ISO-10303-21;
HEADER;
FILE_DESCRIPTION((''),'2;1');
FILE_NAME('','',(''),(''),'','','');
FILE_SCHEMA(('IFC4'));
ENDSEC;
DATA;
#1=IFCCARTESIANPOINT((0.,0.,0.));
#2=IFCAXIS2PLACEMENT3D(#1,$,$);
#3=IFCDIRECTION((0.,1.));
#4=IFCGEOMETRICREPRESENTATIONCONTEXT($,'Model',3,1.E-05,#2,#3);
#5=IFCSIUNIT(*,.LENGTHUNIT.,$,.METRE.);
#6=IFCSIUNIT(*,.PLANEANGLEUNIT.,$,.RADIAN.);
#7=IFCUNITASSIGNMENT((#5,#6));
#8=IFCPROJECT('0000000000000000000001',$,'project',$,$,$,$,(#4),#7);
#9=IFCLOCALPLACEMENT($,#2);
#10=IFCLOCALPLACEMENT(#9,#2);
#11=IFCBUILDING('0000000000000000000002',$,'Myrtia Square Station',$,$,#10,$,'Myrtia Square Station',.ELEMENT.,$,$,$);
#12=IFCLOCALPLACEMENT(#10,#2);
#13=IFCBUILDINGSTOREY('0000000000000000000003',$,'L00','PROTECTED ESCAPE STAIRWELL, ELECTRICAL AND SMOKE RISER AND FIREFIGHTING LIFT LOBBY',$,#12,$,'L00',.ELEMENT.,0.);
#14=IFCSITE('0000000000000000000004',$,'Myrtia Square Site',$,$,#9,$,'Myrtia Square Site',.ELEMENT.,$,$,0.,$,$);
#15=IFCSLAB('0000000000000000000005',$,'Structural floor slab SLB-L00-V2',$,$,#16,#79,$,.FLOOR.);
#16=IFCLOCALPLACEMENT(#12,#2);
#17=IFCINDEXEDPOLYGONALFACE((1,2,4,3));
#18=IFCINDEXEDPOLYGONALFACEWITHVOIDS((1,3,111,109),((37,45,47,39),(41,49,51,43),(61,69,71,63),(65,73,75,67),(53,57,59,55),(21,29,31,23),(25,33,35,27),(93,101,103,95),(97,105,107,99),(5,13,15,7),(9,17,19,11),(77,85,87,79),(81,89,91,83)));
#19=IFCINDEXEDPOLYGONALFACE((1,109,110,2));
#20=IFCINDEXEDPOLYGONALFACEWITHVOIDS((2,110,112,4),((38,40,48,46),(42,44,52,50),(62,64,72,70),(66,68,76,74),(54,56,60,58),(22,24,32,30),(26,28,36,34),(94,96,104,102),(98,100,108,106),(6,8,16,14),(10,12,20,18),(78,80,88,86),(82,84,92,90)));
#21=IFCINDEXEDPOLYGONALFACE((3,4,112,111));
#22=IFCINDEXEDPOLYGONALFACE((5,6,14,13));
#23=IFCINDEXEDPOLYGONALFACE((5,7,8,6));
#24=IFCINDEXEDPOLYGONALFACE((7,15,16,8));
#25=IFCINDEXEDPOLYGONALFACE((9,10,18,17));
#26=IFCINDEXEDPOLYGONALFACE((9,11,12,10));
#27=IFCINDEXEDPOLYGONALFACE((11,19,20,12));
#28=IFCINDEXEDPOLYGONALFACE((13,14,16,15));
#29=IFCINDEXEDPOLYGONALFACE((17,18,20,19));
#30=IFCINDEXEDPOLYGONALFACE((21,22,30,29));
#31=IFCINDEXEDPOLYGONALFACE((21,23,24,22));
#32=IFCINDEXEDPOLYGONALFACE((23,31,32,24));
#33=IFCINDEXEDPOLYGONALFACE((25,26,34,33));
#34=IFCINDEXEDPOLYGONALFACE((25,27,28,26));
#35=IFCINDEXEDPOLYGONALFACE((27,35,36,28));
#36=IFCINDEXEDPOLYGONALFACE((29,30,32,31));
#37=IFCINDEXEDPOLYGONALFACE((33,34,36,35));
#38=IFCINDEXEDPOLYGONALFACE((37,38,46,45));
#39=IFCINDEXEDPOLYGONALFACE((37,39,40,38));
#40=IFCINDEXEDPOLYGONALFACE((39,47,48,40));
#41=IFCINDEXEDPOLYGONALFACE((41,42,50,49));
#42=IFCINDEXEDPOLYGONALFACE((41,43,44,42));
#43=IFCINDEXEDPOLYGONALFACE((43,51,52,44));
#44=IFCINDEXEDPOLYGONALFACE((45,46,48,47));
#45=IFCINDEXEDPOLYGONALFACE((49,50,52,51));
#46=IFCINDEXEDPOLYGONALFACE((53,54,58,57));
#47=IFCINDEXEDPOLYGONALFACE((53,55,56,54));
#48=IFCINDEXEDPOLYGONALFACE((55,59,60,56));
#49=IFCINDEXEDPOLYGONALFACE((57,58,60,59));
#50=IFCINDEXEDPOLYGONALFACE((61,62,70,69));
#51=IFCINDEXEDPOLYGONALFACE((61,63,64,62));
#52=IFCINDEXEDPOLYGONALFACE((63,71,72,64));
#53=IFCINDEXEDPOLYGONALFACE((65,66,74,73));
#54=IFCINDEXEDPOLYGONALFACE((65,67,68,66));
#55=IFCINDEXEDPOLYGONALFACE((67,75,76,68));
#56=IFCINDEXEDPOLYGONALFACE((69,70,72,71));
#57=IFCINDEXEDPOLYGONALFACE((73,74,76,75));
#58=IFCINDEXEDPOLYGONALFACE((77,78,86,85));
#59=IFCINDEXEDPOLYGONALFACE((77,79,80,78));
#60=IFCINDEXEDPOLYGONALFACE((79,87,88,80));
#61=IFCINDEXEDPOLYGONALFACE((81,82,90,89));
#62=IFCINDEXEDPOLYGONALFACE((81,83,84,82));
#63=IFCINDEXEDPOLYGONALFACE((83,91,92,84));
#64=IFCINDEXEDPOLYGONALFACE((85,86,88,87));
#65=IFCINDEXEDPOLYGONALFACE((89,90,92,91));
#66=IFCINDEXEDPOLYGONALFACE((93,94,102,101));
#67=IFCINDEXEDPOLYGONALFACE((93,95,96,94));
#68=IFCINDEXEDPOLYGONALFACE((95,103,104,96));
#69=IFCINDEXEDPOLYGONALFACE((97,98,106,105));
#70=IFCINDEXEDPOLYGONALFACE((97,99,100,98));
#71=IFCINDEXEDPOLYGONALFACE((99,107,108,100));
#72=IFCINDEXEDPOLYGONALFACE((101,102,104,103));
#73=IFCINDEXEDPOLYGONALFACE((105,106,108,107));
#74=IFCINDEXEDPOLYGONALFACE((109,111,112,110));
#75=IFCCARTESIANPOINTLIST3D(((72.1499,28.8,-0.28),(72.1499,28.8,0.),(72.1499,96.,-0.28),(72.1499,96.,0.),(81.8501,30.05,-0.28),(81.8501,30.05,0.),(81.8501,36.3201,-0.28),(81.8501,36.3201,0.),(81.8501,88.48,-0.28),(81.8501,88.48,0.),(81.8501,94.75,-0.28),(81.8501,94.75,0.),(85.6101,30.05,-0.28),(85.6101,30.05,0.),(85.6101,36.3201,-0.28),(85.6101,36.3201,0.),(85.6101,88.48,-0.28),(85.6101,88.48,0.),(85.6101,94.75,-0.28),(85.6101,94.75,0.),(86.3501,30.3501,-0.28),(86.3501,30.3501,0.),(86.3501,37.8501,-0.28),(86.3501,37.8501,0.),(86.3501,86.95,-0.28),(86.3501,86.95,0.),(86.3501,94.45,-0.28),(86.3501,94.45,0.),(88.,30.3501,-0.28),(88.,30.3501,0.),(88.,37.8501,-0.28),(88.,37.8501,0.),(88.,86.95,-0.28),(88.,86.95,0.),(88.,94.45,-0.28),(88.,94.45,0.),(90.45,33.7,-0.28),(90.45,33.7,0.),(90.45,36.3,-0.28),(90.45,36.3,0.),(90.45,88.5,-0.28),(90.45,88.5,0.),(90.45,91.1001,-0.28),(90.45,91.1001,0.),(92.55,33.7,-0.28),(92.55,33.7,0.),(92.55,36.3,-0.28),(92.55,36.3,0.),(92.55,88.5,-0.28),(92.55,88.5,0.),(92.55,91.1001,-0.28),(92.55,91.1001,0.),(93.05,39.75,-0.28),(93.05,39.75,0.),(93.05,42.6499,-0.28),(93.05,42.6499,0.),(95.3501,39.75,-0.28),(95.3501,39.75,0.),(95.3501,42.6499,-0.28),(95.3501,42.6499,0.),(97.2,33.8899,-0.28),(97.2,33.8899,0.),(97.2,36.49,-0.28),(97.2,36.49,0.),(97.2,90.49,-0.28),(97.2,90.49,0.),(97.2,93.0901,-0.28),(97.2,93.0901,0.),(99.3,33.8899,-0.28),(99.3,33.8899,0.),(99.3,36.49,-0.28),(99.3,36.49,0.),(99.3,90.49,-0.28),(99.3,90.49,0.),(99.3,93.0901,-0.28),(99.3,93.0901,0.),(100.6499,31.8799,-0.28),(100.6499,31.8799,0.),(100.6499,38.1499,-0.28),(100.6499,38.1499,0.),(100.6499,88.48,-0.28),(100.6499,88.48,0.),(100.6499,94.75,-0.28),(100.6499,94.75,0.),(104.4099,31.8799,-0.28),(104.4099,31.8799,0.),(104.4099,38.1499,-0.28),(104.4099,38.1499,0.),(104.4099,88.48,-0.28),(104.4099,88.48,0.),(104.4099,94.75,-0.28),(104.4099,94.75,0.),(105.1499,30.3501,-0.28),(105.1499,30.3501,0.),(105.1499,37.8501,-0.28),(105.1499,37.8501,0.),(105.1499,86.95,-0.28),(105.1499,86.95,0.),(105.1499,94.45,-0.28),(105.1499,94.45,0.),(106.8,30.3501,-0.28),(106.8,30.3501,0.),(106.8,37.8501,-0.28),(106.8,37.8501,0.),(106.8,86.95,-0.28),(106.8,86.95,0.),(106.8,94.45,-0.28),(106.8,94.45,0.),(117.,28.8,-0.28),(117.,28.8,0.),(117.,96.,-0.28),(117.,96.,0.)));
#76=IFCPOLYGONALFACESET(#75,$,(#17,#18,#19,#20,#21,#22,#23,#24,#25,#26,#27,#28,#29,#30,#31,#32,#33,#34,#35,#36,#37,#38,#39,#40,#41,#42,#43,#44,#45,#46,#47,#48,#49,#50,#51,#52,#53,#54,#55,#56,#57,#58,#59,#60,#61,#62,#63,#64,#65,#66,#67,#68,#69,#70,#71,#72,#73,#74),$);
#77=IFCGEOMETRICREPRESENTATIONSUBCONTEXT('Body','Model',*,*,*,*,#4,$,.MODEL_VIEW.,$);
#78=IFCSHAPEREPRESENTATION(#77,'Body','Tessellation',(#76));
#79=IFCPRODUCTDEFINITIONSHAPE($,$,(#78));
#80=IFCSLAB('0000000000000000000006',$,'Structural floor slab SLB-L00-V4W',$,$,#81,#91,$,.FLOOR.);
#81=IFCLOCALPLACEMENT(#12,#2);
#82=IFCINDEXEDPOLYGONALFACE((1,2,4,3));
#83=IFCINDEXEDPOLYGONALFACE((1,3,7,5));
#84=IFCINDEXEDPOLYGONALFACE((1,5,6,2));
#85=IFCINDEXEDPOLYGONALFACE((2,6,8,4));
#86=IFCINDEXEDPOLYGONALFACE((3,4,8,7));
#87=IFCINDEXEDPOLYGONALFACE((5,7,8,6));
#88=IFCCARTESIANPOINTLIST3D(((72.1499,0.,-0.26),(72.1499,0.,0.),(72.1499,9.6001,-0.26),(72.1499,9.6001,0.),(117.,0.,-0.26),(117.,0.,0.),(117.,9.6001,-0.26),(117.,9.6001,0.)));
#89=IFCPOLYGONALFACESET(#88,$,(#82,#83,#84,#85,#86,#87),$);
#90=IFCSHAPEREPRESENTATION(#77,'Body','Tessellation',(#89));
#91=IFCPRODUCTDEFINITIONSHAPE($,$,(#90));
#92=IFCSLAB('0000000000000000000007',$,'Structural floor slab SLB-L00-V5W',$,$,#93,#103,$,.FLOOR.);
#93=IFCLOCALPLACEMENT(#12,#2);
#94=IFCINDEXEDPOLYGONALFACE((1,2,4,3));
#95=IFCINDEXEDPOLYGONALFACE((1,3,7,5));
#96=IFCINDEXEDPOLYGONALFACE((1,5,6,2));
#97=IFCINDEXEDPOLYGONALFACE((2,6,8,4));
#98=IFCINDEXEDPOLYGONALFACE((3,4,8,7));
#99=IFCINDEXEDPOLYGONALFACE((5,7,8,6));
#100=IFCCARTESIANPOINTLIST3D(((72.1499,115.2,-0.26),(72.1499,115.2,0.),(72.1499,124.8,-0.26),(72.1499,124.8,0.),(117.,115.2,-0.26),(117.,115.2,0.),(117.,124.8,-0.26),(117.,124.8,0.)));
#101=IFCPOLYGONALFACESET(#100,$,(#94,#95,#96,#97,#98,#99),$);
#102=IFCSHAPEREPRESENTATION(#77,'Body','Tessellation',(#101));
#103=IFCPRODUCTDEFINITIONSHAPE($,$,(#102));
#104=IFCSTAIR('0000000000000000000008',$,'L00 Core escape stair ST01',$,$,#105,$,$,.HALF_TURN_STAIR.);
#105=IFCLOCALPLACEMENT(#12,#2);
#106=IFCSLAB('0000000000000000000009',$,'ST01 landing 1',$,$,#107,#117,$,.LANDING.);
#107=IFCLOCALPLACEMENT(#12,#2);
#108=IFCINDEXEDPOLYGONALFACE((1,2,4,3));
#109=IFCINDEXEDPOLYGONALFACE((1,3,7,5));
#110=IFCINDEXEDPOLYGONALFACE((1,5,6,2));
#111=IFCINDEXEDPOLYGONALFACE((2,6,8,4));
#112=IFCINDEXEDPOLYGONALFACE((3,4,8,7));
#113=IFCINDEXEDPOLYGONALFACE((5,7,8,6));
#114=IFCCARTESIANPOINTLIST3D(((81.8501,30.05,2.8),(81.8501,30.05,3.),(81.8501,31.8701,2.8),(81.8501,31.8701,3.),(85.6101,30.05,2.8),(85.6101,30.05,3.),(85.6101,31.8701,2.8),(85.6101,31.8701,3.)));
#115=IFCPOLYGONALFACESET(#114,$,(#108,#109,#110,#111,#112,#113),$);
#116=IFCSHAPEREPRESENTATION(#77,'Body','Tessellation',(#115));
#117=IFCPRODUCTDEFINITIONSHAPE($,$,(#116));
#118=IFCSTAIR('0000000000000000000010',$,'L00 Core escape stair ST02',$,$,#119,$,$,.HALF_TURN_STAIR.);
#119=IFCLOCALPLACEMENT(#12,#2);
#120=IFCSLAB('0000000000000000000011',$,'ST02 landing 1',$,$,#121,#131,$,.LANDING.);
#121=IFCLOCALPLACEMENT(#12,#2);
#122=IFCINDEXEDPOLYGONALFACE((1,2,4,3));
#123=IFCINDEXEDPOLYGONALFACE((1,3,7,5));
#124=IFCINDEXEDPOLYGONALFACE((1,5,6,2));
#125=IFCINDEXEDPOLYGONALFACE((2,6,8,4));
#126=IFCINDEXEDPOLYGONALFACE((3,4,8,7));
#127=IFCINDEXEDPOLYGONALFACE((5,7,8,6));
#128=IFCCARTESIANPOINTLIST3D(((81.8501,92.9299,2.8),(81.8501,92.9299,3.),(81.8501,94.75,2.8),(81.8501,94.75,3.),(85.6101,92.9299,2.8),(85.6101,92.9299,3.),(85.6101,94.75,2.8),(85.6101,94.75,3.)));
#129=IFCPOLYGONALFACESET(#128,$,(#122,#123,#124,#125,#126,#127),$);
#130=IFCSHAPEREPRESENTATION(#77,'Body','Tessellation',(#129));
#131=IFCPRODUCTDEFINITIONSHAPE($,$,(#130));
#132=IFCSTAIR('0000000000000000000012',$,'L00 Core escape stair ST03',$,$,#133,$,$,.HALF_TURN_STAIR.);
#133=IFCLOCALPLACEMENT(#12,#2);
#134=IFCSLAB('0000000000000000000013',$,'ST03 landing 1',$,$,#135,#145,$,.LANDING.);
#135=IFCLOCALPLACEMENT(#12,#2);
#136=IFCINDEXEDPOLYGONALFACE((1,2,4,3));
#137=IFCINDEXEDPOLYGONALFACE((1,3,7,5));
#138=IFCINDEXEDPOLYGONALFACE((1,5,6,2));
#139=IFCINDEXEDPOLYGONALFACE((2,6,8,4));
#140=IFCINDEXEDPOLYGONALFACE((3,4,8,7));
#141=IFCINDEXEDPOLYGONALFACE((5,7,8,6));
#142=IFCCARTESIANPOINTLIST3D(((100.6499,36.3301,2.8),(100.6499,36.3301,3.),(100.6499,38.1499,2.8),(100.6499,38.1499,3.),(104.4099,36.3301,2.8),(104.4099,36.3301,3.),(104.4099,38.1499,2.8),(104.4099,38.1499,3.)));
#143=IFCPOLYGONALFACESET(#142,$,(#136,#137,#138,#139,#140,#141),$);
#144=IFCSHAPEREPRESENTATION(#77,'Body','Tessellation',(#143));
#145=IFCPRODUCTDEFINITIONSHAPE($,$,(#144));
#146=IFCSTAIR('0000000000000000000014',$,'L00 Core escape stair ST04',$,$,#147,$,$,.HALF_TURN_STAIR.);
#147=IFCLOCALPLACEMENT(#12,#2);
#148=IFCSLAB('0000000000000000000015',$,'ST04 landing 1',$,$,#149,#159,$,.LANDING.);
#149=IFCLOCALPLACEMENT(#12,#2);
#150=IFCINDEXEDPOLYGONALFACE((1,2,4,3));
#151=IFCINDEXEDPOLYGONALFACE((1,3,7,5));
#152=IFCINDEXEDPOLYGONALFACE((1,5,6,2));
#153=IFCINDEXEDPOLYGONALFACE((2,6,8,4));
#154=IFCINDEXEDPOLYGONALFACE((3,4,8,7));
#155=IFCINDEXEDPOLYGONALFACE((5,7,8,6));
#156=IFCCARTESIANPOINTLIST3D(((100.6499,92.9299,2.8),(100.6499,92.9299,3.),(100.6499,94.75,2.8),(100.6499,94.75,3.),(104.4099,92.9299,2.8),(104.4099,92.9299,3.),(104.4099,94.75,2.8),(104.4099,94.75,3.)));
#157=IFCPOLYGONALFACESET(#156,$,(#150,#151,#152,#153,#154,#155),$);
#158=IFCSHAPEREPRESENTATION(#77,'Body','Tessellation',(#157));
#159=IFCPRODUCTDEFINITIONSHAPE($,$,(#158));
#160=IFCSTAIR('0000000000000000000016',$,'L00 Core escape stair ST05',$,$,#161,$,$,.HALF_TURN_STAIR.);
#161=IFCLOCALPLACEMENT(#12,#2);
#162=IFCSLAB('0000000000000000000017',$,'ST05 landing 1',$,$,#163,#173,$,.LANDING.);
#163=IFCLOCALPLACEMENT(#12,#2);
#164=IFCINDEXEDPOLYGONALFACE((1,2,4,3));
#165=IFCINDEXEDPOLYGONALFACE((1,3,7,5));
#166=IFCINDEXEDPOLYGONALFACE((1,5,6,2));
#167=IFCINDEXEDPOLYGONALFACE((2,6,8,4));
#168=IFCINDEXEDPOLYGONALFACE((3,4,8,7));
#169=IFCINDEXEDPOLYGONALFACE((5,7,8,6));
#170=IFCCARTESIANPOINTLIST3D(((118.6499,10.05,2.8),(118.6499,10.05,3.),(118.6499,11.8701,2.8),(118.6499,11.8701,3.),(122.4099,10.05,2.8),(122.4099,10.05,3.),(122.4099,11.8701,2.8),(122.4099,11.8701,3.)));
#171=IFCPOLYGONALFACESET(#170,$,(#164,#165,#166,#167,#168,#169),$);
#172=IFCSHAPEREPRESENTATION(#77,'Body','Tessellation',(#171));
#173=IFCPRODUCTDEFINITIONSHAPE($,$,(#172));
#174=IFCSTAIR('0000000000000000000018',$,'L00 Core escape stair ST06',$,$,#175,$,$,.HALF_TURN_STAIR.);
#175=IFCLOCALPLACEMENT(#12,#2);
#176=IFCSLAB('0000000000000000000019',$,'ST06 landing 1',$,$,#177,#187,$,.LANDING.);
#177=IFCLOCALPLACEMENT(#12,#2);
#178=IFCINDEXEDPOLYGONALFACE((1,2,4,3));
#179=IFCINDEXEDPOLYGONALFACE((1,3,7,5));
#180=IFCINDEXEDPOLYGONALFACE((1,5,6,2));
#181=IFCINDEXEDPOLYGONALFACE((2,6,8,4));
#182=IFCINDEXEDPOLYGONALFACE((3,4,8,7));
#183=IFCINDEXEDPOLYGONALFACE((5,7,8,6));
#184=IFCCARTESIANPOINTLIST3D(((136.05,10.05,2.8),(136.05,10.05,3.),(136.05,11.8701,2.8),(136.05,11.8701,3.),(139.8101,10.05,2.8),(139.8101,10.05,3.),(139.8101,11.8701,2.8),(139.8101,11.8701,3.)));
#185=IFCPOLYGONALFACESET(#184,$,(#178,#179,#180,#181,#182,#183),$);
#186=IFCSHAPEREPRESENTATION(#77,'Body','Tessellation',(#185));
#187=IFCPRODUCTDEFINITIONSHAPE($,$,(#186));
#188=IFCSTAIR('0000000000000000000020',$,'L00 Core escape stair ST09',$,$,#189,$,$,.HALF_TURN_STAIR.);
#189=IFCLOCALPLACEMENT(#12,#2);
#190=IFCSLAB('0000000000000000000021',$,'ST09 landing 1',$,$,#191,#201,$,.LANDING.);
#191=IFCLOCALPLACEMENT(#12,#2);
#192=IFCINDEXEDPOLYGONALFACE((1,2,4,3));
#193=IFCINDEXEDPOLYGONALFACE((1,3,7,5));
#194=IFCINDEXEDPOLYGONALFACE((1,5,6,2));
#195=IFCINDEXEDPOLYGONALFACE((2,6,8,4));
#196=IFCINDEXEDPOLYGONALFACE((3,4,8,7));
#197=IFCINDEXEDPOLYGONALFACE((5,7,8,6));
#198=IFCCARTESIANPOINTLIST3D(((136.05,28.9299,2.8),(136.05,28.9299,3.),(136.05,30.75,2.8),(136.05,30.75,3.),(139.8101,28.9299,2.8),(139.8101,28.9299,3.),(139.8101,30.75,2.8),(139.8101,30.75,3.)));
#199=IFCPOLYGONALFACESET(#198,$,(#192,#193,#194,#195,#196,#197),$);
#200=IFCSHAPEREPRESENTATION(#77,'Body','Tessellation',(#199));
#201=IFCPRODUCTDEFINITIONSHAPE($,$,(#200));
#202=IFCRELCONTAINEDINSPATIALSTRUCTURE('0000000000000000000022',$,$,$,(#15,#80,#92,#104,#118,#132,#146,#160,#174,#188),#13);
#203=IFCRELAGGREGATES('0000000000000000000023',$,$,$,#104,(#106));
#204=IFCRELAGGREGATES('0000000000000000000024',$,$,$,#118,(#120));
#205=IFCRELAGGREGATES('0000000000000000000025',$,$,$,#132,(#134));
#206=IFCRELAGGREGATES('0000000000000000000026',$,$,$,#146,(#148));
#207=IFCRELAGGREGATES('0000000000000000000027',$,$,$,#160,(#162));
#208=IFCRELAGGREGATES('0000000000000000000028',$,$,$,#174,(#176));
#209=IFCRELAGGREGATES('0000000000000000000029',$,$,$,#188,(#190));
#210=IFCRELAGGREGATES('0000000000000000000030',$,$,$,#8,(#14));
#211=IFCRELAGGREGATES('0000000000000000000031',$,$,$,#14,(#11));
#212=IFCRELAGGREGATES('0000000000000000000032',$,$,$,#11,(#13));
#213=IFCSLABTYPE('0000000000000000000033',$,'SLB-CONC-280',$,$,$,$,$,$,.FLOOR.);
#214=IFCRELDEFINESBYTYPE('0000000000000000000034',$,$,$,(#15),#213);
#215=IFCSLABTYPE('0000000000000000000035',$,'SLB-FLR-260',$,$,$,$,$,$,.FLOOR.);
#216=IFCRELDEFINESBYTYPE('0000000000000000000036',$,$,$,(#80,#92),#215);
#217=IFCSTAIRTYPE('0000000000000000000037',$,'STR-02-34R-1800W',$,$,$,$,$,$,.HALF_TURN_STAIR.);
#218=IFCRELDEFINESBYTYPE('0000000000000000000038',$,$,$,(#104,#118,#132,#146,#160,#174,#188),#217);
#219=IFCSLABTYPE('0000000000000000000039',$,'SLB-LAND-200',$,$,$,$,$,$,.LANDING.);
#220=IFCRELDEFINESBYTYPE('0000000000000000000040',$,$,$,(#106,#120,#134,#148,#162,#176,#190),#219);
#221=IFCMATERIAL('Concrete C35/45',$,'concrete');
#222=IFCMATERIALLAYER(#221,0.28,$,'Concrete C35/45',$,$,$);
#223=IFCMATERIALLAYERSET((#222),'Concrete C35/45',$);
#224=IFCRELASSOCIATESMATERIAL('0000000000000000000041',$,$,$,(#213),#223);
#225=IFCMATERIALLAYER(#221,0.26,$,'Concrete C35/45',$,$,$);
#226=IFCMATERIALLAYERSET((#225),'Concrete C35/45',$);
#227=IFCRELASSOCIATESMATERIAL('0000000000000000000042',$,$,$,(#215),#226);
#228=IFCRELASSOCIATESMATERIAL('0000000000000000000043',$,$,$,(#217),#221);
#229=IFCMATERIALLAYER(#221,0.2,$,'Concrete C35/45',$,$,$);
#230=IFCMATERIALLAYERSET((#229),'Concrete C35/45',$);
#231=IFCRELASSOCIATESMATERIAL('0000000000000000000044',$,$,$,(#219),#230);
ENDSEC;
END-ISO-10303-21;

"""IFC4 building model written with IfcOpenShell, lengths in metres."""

from ifc_helpers import new_model, si_unit, direction, frame, origin, place, context, subcontext, project, spatial, polyline, outline, extrude, material, layer, layer_set, type_object, element, aggregate, save


model = new_model("IFC4")

# Units and contexts
model_context = context("Model", 3, precision=1e-05, world=origin(), true_north=direction((0.0, 1.0)))
body_context = subcontext(model_context, "Body", "Model", "MODEL_VIEW")
ifc_project = project(units=[si_unit("LENGTHUNIT", "METRE"), si_unit("PLANEANGLEUNIT", "RADIAN")], contexts=[model_context])

# Site, building, storey
site_placement = place(None, origin())
site = spatial("IfcSite", under=ifc_project, at=site_placement, Name="Myrtia Square Site", LongName="Myrtia Square Site", CompositionType="ELEMENT", RefElevation=0.0)
building_placement = place(site_placement, origin())
building = spatial("IfcBuilding", under=site, at=building_placement, Name="Myrtia Square Station", LongName="Myrtia Square Station", CompositionType="ELEMENT")
storey_placement = place(building_placement, origin())
storey = spatial("IfcBuildingStorey", under=building, at=storey_placement, Name="L00", Description="PROTECTED ESCAPE STAIRWELL, ELECTRICAL AND SMOKE RISER AND FIREFIGHTING LIFT LOBBY", LongName="L00", CompositionType="ELEMENT", Elevation=0.0)

# Slabs
ifc_material = material(Name="Concrete C35/45", Category="concrete")
ifc_layer_1 = layer(ifc_material, 0.28, Name="Concrete C35/45")
ifc_layer_set_1 = layer_set([ifc_layer_1], Name="Concrete C35/45")
slab_type_1 = type_object("IfcSlabType", Name="SLB-CONC-280", PredefinedType="FLOOR", material=ifc_layer_set_1)
slab_1_placement = place(storey_placement, frame((0.0, 0.0, -0.28)))
element("IfcSlab", 1, at=slab_1_placement, inside=storey, type_object=slab_type_1, Name="Structural floor slab SLB-L00-V2", PredefinedType="FLOOR", context=body_context, shape_type="SweptSolid", body=[
    extrude(outline(polyline([(72.1499, 28.8), (117.0, 28.8), (117.0, 96.0), (72.1499, 96.0), (72.1499, 28.8)]), holes=[polyline([(86.3501, 30.3501), (86.3501, 37.8501), (88.0, 37.8501), (88.0, 30.3501), (86.3501, 30.3501)]), polyline([(86.3501, 86.95), (86.3501, 94.45), (88.0, 94.45), (88.0, 86.95), (86.3501, 86.95)]), polyline([(105.1499, 30.3501), (105.1499, 37.8501), (106.8, 37.8501), (106.8, 30.3501), (105.1499, 30.3501)]), polyline([(105.1499, 86.95), (105.1499, 94.45), (106.8, 94.45), (106.8, 86.95), (105.1499, 86.95)]), polyline([(81.8501, 30.05), (81.8501, 36.3201), (85.6101, 36.3201), (85.6101, 30.05), (81.8501, 30.05)]), polyline([(81.8501, 88.48), (81.8501, 94.75), (85.6101, 94.75), (85.6101, 88.48), (81.8501, 88.48)]), polyline([(100.6499, 31.8799), (100.6499, 38.1499), (104.4099, 38.1499), (104.4099, 31.8799), (100.6499, 31.8799)]), polyline([(100.6499, 88.48), (100.6499, 94.75), (104.4099, 94.75), (104.4099, 88.48), (100.6499, 88.48)]), polyline([(90.45, 33.7), (90.45, 36.3), (92.55, 36.3), (92.55, 33.7), (90.45, 33.7)]), polyline([(90.45, 88.5), (90.45, 91.1001), (92.55, 91.1001), (92.55, 88.5), (90.45, 88.5)]), polyline([(97.2, 33.8899), (97.2, 36.49), (99.3, 36.49), (99.3, 33.8899), (97.2, 33.8899)]), polyline([(97.2, 90.49), (97.2, 93.0901), (99.3, 93.0901), (99.3, 90.49), (97.2, 90.49)]), polyline([(93.05, 39.75), (93.05, 42.6499), (95.3501, 42.6499), (95.3501, 39.75), (93.05, 39.75)])]), origin(), (0.0, 0.0, 1.0), 0.28),
])
ifc_layer_2 = layer(ifc_material, 0.26, Name="Concrete C35/45")
ifc_layer_set_2 = layer_set([ifc_layer_2], Name="Concrete C35/45")
slab_type_2 = type_object("IfcSlabType", Name="SLB-FLR-260", PredefinedType="FLOOR", material=ifc_layer_set_2)
slab_2_placement = place(storey_placement, frame((0.0, 0.0, -0.26)))
element("IfcSlab", 2, at=slab_2_placement, inside=storey, type_object=slab_type_2, Name="Structural floor slab SLB-L00-V4W", PredefinedType="FLOOR", context=body_context, shape_type="SweptSolid", body=[
    extrude(outline(polyline([(72.1499, 0.0), (117.0, 0.0), (117.0, 9.6001), (72.1499, 9.6001), (72.1499, 0.0)])), origin(), (0.0, 0.0, 1.0), 0.26),
])
slab_3_placement = place(storey_placement, frame((0.0, 0.0, -0.26)))
element("IfcSlab", 3, at=slab_3_placement, inside=storey, type_object=slab_type_2, Name="Structural floor slab SLB-L00-V5W", PredefinedType="FLOOR", context=body_context, shape_type="SweptSolid", body=[
    extrude(outline(polyline([(72.1499, 115.2), (117.0, 115.2), (117.0, 124.8), (72.1499, 124.8), (72.1499, 115.2)])), origin(), (0.0, 0.0, 1.0), 0.26),
])

# Stairs, slabs
stair_type_1 = type_object("IfcStairType", Name="STR-02-34R-1800W", PredefinedType="HALF_TURN_STAIR", material=ifc_material)
stair_1_placement = place(storey_placement, origin())
stair_1 = element("IfcStair", 4, at=stair_1_placement, inside=storey, type_object=stair_type_1, Name="L00 Core escape stair ST01", PredefinedType="HALF_TURN_STAIR")
ifc_layer_3 = layer(ifc_material, 0.2, Name="Concrete C35/45")
ifc_layer_set_3 = layer_set([ifc_layer_3], Name="Concrete C35/45")
slab_type_3 = type_object("IfcSlabType", Name="SLB-LAND-200", PredefinedType="LANDING", material=ifc_layer_set_3)
slab_4_placement = place(storey_placement, frame((0.0, 0.0, 2.8)))
slab_4 = element("IfcSlab", 5, at=slab_4_placement, type_object=slab_type_3, Name="ST01 landing 1", PredefinedType="LANDING", context=body_context, shape_type="SweptSolid", body=[
    extrude(outline(polyline([(81.8501, 31.8701), (81.8501, 30.05), (85.6101, 30.05), (85.6101, 31.8701), (81.8501, 31.8701)])), origin(), (0.0, 0.0, 1.0), 0.2),
])
aggregate(stair_1, [slab_4])
stair_2_placement = place(storey_placement, origin())
stair_2 = element("IfcStair", 6, at=stair_2_placement, inside=storey, type_object=stair_type_1, Name="L00 Core escape stair ST02", PredefinedType="HALF_TURN_STAIR")
slab_5_placement = place(storey_placement, frame((0.0, 0.0, 2.8)))
slab_5 = element("IfcSlab", 7, at=slab_5_placement, type_object=slab_type_3, Name="ST02 landing 1", PredefinedType="LANDING", context=body_context, shape_type="SweptSolid", body=[
    extrude(outline(polyline([(85.6101, 92.9299), (85.6101, 94.75), (81.8501, 94.75), (81.8501, 92.9299), (85.6101, 92.9299)])), origin(), (0.0, 0.0, 1.0), 0.2),
])
aggregate(stair_2, [slab_5])
stair_3_placement = place(storey_placement, origin())
stair_3 = element("IfcStair", 8, at=stair_3_placement, inside=storey, type_object=stair_type_1, Name="L00 Core escape stair ST03", PredefinedType="HALF_TURN_STAIR")
slab_6_placement = place(storey_placement, frame((0.0, 0.0, 2.8)))
slab_6 = element("IfcSlab", 9, at=slab_6_placement, type_object=slab_type_3, Name="ST03 landing 1", PredefinedType="LANDING", context=body_context, shape_type="SweptSolid", body=[
    extrude(outline(polyline([(104.4099, 36.3301), (104.4099, 38.1499), (100.6499, 38.1499), (100.6499, 36.3301), (104.4099, 36.3301)])), origin(), (0.0, 0.0, 1.0), 0.2),
])
aggregate(stair_3, [slab_6])
stair_4_placement = place(storey_placement, origin())
stair_4 = element("IfcStair", 10, at=stair_4_placement, inside=storey, type_object=stair_type_1, Name="L00 Core escape stair ST04", PredefinedType="HALF_TURN_STAIR")
slab_7_placement = place(storey_placement, frame((0.0, 0.0, 2.8)))
slab_7 = element("IfcSlab", 11, at=slab_7_placement, type_object=slab_type_3, Name="ST04 landing 1", PredefinedType="LANDING", context=body_context, shape_type="SweptSolid", body=[
    extrude(outline(polyline([(104.4099, 92.9299), (104.4099, 94.75), (100.6499, 94.75), (100.6499, 92.9299), (104.4099, 92.9299)])), origin(), (0.0, 0.0, 1.0), 0.2),
])
aggregate(stair_4, [slab_7])
stair_5_placement = place(storey_placement, origin())
stair_5 = element("IfcStair", 12, at=stair_5_placement, inside=storey, type_object=stair_type_1, Name="L00 Core escape stair ST05", PredefinedType="HALF_TURN_STAIR")
slab_8_placement = place(storey_placement, frame((0.0, 0.0, 2.8)))
slab_8 = element("IfcSlab", 13, at=slab_8_placement, type_object=slab_type_3, Name="ST05 landing 1", PredefinedType="LANDING", context=body_context, shape_type="SweptSolid", body=[
    extrude(outline(polyline([(118.6499, 11.8701), (118.6499, 10.05), (122.4099, 10.05), (122.4099, 11.8701), (118.6499, 11.8701)])), origin(), (0.0, 0.0, 1.0), 0.2),
])
aggregate(stair_5, [slab_8])
stair_6_placement = place(storey_placement, origin())
stair_6 = element("IfcStair", 14, at=stair_6_placement, inside=storey, type_object=stair_type_1, Name="L00 Core escape stair ST06", PredefinedType="HALF_TURN_STAIR")
slab_9_placement = place(storey_placement, frame((0.0, 0.0, 2.8)))
slab_9 = element("IfcSlab", 15, at=slab_9_placement, type_object=slab_type_3, Name="ST06 landing 1", PredefinedType="LANDING", context=body_context, shape_type="SweptSolid", body=[
    extrude(outline(polyline([(136.05, 11.8701), (136.05, 10.05), (139.8101, 10.05), (139.8101, 11.8701), (136.05, 11.8701)])), origin(), (0.0, 0.0, 1.0), 0.2),
])
aggregate(stair_6, [slab_9])
stair_7_placement = place(storey_placement, origin())
stair_7 = element("IfcStair", 16, at=stair_7_placement, inside=storey, type_object=stair_type_1, Name="L00 Core escape stair ST09", PredefinedType="HALF_TURN_STAIR")
slab_10_placement = place(storey_placement, frame((0.0, 0.0, 2.8)))
slab_10 = element("IfcSlab", 17, at=slab_10_placement, type_object=slab_type_3, Name="ST09 landing 1", PredefinedType="LANDING", context=body_context, shape_type="SweptSolid", body=[
    extrude(outline(polyline([(139.8101, 28.9299), (139.8101, 30.75), (136.05, 30.75), (136.05, 28.9299), (139.8101, 28.9299)])), origin(), (0.0, 0.0, 1.0), 0.2),
])
aggregate(stair_7, [slab_10])

save(model, "model.ifc")
